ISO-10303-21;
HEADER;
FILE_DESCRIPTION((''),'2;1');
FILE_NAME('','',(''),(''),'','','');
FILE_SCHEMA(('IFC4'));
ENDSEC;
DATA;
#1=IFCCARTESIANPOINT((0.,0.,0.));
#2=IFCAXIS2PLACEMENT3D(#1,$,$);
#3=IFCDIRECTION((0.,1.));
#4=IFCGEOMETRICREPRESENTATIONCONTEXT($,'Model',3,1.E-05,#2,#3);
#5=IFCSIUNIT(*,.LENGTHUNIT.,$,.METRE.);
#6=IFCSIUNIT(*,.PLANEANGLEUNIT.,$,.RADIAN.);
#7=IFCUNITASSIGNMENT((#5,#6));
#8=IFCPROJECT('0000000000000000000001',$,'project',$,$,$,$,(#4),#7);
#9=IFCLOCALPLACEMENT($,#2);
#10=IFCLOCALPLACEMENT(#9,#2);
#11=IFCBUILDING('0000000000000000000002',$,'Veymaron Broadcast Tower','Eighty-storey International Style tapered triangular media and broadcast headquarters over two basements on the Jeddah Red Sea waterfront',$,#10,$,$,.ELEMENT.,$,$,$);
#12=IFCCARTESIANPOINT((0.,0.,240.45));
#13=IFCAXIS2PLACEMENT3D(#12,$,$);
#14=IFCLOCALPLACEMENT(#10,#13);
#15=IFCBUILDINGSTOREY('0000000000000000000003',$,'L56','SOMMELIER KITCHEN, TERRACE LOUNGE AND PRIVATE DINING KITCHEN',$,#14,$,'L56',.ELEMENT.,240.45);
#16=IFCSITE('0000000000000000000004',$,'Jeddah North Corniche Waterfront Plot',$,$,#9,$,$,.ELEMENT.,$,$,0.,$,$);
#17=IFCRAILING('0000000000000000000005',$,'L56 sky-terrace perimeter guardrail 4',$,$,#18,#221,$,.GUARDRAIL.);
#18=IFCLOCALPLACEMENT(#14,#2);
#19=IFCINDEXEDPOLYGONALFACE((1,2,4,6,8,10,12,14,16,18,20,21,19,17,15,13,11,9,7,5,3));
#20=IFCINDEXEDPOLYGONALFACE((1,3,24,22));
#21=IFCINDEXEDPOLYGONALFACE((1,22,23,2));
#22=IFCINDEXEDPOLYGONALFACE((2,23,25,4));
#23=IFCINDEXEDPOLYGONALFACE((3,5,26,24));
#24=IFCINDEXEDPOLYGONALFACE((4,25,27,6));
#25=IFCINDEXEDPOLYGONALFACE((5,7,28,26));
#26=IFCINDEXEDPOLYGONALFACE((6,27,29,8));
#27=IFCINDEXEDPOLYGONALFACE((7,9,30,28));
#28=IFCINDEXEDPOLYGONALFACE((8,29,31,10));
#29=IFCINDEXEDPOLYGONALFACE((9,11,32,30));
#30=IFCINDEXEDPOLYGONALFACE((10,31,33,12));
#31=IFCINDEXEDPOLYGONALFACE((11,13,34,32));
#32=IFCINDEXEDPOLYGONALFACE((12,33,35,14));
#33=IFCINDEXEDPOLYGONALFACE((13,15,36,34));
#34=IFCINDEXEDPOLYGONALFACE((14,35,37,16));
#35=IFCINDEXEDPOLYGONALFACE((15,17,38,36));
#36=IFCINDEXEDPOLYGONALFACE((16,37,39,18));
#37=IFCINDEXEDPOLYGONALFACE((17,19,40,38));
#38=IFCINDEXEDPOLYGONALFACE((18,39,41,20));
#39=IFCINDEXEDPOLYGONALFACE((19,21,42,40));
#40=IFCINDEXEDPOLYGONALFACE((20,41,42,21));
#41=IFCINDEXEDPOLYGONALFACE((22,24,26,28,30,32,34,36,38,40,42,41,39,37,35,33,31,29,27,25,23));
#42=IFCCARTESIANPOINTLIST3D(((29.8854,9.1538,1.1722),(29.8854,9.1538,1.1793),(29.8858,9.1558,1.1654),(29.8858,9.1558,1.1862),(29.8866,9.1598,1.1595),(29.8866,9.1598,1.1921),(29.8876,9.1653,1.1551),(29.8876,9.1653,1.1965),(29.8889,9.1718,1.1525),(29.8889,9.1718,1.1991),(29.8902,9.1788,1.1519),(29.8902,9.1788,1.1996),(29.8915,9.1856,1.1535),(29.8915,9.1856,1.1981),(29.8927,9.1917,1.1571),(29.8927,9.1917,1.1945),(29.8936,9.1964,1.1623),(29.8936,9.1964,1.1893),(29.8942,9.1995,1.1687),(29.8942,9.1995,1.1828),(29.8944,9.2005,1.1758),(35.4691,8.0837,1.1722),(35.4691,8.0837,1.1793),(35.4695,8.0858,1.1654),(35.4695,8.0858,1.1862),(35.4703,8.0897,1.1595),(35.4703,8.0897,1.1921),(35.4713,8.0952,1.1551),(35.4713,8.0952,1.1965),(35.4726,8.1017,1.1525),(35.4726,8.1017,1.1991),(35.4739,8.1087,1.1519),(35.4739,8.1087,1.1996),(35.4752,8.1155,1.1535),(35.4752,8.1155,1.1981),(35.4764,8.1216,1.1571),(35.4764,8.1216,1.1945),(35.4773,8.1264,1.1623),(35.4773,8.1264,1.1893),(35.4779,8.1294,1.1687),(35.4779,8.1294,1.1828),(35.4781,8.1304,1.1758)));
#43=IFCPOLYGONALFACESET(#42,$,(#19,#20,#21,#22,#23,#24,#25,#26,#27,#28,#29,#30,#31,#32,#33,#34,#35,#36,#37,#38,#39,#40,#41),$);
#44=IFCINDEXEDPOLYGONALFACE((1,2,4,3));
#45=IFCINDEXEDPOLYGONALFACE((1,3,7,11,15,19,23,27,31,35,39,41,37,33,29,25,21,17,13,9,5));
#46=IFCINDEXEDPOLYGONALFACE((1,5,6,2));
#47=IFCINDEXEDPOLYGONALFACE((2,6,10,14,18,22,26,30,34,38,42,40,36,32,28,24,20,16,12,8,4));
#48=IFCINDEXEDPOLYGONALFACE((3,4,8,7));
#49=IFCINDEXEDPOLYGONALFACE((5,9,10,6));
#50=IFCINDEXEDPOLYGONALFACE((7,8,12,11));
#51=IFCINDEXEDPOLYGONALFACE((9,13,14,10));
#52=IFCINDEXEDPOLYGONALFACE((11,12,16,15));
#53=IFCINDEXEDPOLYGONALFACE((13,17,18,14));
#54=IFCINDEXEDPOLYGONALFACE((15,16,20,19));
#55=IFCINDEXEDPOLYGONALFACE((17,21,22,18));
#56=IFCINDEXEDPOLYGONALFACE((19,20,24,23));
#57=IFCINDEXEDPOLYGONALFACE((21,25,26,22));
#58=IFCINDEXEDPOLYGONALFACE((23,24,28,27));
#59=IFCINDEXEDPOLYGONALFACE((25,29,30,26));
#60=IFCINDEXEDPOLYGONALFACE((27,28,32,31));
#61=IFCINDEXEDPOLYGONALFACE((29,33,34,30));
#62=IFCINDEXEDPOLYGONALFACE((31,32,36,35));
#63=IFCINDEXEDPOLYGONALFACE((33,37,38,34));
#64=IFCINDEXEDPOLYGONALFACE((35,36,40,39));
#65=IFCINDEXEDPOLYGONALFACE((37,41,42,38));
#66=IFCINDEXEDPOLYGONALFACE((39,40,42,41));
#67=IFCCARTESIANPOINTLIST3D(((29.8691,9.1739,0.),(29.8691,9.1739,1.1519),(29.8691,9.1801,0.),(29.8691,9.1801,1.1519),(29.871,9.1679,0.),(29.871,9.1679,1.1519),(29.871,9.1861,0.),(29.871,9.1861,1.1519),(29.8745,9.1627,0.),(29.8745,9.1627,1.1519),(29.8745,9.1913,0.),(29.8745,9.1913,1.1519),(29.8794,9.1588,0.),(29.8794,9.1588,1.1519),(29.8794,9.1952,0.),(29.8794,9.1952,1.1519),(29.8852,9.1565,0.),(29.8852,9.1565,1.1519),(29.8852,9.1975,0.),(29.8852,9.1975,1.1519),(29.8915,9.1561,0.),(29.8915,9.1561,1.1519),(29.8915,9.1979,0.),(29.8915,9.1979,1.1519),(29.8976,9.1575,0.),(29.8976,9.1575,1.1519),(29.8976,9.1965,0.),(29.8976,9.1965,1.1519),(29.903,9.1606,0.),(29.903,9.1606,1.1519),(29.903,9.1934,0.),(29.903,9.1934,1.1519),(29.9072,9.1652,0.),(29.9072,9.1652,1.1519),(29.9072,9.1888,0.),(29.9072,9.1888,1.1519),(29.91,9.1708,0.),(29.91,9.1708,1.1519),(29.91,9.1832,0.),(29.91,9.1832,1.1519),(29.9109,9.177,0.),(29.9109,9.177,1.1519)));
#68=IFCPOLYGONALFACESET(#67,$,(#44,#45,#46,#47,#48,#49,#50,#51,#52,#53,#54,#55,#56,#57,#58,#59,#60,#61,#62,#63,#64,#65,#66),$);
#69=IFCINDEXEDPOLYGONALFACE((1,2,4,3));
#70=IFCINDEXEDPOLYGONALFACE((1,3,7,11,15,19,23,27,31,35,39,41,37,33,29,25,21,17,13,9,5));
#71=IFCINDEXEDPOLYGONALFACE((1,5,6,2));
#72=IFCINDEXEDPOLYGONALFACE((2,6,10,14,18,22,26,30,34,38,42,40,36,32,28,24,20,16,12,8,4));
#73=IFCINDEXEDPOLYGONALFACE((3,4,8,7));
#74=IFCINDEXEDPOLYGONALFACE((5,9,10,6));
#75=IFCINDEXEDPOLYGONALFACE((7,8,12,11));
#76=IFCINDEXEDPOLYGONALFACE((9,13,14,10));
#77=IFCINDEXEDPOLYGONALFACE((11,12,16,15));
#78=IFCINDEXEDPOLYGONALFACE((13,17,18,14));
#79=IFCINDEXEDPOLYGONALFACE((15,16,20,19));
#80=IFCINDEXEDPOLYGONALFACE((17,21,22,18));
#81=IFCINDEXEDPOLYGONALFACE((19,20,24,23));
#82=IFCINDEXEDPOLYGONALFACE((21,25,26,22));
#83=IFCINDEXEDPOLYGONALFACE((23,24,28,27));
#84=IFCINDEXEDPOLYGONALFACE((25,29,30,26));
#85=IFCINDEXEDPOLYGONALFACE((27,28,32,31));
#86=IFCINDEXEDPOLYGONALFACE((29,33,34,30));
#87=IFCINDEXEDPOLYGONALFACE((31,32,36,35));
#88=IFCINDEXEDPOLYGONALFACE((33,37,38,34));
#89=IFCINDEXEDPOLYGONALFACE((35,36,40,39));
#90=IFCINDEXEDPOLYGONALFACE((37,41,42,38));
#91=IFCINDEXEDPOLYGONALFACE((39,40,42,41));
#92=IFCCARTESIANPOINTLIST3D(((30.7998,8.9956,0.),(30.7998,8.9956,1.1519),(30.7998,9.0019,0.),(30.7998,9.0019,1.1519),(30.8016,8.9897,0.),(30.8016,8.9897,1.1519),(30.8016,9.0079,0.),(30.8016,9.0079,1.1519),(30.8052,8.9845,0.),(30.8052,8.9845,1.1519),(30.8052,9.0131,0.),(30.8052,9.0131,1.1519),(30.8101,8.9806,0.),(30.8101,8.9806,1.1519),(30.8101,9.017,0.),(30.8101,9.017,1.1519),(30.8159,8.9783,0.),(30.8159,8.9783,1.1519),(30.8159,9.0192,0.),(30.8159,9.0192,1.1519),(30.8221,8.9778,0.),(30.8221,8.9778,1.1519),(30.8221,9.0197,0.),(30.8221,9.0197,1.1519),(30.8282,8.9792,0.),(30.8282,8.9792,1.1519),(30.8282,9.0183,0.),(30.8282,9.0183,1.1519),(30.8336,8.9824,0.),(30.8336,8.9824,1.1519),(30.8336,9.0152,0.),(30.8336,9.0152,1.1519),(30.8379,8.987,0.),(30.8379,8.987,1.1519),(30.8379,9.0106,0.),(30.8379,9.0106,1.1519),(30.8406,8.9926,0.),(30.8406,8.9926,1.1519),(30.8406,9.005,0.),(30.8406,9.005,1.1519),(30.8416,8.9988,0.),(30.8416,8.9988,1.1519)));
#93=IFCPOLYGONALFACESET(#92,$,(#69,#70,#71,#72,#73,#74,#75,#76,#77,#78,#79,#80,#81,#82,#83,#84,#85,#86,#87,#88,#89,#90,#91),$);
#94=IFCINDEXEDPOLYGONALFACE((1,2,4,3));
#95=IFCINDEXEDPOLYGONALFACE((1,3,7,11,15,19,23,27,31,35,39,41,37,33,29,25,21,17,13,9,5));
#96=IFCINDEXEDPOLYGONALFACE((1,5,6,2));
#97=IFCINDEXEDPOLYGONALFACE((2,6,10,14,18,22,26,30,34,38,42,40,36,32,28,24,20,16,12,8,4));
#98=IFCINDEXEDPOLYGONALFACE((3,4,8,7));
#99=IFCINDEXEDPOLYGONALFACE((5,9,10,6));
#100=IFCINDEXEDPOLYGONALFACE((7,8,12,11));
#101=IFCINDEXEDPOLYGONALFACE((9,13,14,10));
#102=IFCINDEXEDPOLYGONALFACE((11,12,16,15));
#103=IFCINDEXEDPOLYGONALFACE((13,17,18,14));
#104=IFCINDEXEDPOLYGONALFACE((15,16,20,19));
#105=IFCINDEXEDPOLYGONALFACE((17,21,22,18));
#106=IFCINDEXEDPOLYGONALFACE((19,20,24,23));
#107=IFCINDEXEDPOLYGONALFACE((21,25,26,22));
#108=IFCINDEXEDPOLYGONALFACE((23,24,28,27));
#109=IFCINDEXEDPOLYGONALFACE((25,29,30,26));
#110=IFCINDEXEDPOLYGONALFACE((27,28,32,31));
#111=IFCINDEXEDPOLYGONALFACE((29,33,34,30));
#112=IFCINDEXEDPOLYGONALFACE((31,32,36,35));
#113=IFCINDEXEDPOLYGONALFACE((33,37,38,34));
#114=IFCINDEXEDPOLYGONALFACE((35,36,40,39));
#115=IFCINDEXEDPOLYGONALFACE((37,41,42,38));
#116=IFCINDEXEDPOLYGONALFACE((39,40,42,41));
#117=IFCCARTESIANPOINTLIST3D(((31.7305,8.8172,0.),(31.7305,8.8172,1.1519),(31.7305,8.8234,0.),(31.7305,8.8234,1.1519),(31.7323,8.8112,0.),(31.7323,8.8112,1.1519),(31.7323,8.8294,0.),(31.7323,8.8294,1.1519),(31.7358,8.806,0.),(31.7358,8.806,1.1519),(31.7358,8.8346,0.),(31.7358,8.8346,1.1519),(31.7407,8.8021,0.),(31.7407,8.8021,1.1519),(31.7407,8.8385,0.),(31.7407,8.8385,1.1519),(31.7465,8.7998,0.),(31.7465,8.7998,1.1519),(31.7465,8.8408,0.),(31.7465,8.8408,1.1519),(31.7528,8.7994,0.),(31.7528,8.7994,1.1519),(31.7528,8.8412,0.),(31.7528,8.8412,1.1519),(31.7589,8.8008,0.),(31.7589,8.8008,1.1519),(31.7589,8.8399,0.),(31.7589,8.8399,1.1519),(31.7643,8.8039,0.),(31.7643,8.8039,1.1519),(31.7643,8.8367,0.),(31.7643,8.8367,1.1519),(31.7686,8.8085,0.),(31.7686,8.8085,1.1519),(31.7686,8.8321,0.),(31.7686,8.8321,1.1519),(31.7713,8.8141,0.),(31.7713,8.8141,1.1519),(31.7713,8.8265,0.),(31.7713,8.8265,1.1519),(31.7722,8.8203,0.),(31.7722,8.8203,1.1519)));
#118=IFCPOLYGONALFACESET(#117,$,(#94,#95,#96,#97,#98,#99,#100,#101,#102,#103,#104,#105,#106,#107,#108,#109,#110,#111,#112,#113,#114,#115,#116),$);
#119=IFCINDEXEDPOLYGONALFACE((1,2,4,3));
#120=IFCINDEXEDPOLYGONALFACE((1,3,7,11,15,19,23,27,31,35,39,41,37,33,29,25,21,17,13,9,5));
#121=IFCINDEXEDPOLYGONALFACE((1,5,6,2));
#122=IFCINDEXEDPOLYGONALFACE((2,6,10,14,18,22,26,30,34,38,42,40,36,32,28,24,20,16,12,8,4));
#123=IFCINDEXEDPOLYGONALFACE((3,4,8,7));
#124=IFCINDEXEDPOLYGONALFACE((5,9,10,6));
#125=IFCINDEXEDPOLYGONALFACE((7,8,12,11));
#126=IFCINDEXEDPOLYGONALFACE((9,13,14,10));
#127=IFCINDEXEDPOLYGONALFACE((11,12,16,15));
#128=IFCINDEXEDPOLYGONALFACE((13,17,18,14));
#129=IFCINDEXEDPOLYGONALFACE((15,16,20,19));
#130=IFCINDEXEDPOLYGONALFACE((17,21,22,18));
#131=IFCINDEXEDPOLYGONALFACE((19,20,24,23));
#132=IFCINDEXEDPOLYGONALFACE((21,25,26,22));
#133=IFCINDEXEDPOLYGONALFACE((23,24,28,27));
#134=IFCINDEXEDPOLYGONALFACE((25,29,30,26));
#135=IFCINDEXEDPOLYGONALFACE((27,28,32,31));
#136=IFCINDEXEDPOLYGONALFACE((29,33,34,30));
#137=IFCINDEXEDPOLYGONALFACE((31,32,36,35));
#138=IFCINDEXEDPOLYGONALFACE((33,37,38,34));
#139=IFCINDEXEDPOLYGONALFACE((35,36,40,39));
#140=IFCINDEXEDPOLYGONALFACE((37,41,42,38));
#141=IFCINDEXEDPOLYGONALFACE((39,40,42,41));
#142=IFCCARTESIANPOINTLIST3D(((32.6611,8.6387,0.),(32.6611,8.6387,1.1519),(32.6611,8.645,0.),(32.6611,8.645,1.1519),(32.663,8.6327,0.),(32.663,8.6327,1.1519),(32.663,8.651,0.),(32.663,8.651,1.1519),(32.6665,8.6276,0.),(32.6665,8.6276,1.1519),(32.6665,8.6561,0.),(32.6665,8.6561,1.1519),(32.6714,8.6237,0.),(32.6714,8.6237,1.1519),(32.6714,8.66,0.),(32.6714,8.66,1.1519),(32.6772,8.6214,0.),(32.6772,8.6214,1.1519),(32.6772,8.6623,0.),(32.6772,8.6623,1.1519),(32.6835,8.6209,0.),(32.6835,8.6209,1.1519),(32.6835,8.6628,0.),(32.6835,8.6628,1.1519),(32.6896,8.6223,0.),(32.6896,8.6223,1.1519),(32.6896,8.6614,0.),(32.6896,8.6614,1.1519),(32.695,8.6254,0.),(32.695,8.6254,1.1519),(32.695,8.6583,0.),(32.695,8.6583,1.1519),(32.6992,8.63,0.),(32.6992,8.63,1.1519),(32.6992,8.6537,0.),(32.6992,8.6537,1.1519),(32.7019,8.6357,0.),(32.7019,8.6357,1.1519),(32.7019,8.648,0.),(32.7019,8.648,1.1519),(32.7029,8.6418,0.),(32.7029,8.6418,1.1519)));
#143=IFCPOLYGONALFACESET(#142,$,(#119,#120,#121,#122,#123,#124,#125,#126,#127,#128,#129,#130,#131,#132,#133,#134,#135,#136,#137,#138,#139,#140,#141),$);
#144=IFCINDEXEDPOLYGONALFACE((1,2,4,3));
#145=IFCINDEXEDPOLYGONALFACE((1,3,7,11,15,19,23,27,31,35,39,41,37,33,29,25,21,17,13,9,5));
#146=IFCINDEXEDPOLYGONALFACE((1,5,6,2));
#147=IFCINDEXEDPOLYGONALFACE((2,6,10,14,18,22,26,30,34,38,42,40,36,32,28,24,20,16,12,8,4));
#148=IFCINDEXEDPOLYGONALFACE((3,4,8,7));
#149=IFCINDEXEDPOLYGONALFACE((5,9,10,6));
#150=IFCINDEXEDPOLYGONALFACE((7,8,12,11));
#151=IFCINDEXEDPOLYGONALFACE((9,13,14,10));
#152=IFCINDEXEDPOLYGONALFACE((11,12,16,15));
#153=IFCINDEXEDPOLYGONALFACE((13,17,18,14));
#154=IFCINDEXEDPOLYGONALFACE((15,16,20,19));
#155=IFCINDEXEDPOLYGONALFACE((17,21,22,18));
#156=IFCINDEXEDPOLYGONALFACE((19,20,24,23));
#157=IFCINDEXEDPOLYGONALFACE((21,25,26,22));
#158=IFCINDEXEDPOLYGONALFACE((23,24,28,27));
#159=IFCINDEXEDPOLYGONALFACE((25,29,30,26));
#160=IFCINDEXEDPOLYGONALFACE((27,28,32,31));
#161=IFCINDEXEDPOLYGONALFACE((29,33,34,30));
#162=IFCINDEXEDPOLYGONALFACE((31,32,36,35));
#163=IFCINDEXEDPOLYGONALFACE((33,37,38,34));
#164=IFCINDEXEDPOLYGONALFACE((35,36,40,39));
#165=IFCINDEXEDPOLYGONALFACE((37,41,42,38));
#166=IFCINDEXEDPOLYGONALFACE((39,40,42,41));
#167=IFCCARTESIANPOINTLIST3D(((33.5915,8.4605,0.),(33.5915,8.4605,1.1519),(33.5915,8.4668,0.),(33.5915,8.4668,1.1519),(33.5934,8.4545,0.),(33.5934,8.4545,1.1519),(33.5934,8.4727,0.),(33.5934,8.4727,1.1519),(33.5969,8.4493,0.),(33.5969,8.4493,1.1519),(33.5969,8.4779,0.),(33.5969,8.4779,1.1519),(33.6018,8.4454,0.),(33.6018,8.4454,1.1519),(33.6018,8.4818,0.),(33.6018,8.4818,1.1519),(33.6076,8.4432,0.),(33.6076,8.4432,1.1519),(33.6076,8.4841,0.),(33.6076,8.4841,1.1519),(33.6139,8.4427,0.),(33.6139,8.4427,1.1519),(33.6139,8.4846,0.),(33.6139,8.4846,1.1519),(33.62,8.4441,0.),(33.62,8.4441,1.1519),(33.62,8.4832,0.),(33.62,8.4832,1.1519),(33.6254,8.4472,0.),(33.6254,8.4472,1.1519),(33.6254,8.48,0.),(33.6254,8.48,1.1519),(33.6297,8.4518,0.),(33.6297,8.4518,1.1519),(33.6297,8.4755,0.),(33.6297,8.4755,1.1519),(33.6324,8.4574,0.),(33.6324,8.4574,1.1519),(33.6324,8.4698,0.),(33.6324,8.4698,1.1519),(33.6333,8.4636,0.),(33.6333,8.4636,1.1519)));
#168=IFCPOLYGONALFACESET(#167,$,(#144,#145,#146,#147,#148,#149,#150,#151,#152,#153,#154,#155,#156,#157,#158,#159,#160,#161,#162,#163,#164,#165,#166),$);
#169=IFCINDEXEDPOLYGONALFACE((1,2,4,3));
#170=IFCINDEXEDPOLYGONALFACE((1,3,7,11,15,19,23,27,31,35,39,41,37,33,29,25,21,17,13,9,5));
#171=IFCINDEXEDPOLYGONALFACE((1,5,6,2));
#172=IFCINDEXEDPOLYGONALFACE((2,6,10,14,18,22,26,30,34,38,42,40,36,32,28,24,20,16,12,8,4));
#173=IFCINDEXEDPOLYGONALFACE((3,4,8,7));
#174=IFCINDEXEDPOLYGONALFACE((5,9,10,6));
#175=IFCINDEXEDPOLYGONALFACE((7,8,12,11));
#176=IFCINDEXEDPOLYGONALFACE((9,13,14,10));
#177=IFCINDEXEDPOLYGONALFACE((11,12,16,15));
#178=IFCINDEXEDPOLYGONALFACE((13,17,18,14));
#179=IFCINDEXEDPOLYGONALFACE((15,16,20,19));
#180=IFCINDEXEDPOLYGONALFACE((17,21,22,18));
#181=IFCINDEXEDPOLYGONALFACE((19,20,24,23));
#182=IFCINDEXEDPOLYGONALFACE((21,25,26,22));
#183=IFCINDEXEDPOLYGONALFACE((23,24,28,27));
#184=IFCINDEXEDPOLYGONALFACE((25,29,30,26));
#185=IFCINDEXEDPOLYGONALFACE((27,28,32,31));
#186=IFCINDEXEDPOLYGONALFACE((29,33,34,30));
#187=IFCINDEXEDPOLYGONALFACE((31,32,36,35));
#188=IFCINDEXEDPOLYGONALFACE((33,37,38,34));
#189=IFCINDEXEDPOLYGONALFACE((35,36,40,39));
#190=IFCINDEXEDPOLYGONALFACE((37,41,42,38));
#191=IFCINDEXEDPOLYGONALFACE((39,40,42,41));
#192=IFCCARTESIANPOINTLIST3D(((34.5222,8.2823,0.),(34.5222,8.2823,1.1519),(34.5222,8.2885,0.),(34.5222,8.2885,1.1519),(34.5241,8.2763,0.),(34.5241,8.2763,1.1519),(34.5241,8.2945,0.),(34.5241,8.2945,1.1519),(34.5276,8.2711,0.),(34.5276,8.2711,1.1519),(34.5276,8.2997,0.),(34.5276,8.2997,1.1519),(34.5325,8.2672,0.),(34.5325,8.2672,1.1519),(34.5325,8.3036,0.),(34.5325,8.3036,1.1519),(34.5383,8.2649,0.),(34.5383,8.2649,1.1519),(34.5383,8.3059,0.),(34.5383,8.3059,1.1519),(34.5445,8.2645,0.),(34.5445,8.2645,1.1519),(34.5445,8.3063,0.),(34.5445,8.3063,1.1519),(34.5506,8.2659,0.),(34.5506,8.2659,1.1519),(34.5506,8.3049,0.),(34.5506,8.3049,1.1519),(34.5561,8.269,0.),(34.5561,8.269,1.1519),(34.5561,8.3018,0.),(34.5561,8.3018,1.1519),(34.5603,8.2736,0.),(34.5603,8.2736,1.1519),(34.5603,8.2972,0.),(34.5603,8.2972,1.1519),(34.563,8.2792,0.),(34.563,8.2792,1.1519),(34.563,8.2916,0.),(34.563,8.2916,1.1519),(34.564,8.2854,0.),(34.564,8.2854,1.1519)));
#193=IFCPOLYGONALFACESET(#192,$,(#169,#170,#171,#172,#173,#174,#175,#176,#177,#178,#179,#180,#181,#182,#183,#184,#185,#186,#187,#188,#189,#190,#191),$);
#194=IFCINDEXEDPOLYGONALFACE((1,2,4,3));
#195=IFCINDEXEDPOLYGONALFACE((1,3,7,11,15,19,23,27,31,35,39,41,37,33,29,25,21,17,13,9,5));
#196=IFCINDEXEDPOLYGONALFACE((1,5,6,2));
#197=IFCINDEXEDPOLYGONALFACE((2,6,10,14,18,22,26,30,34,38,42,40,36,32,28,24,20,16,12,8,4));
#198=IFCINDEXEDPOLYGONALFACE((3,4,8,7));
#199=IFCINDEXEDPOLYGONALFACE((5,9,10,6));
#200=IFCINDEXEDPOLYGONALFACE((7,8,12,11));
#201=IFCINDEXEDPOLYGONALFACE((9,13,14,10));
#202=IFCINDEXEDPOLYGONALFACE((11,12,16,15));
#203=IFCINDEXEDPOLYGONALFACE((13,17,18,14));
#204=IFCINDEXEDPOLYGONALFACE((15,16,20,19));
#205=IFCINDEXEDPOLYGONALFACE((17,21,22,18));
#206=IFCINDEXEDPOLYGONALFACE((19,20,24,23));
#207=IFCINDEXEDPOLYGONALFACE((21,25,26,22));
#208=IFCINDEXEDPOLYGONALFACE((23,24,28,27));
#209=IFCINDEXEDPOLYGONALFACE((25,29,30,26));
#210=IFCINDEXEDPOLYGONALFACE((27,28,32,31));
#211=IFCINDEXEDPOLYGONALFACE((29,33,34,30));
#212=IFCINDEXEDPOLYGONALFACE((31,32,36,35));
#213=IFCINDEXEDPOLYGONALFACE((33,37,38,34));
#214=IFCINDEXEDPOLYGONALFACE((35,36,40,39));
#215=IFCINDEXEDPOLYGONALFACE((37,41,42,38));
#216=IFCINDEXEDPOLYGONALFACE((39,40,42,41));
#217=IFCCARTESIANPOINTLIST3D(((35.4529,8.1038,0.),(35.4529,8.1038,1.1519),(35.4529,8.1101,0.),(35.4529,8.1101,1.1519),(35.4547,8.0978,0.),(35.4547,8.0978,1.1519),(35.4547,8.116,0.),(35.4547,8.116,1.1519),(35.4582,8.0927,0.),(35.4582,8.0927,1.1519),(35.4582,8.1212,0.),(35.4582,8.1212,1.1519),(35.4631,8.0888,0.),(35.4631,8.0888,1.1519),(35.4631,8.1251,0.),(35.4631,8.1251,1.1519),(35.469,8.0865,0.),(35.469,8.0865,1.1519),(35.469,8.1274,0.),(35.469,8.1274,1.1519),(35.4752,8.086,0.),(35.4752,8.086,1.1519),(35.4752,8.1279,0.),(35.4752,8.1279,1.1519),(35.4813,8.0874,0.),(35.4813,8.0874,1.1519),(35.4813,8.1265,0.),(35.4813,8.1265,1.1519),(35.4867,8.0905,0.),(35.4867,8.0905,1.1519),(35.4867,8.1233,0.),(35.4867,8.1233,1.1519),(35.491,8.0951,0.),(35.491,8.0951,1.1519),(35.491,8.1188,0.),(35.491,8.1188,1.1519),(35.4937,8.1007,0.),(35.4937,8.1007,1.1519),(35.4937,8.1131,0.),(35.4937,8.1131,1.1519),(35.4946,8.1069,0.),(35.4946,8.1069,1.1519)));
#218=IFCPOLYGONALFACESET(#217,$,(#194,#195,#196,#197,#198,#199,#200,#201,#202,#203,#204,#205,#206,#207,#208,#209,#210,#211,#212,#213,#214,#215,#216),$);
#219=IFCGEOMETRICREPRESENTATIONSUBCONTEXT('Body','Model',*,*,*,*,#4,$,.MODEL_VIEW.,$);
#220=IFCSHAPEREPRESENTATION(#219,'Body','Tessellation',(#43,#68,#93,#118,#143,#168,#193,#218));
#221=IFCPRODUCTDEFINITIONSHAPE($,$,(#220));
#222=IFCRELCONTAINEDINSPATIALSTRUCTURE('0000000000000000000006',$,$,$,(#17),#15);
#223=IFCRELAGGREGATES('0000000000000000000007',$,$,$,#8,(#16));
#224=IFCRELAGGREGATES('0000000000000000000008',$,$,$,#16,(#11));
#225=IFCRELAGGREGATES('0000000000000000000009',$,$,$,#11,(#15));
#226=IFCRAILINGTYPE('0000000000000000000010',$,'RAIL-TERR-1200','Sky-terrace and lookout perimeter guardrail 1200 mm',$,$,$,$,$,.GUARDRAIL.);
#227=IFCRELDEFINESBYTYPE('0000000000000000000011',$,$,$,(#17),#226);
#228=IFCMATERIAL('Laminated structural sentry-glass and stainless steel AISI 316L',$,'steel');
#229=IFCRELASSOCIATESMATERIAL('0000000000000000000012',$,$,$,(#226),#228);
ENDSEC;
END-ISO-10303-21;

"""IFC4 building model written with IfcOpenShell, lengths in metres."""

from ifc_helpers import new_model, si_unit, direction, frame, origin, origin_2d, place, context, subcontext, project, spatial, circle, extrude, material, type_object, element, save


model = new_model("IFC4")

# Units and contexts
model_context = context("Model", 3, precision=1e-05, world=origin(), true_north=direction((0.0, 1.0)))
body_context = subcontext(model_context, "Body", "Model", "MODEL_VIEW")
ifc_project = project(units=[si_unit("LENGTHUNIT", "METRE"), si_unit("PLANEANGLEUNIT", "RADIAN")], contexts=[model_context])

# Site, building, storey
site_placement = place(None, origin())
site = spatial("IfcSite", under=ifc_project, at=site_placement, Name="Jeddah North Corniche Waterfront Plot", CompositionType="ELEMENT", RefElevation=0.0)
building_placement = place(site_placement, origin())
building = spatial("IfcBuilding", under=site, at=building_placement, Name="Veymaron Broadcast Tower", Description="Eighty-storey International Style tapered triangular media and broadcast headquarters over two basements on the Jeddah Red Sea waterfront", CompositionType="ELEMENT")
storey_placement = place(building_placement, frame((0.0, 0.0, 240.45)))
storey = spatial("IfcBuildingStorey", under=building, at=storey_placement, Name="L56", Description="SOMMELIER KITCHEN, TERRACE LOUNGE AND PRIVATE DINING KITCHEN", LongName="L56", CompositionType="ELEMENT", Elevation=240.45)

# Railing
ifc_material_1 = material(Name="Laminated structural sentry-glass and stainless steel AISI 316L", Category="steel")
railing_type = type_object("IfcRailingType", Name="RAIL-TERR-1200", Description="Sky-terrace and lookout perimeter guardrail 1200 mm", PredefinedType="GUARDRAIL", material=ifc_material_1)
railing_1_placement = place(storey_placement, frame((29.8899, 9.177, 0.0)))
element("IfcRailing", 1, at=railing_1_placement, inside=storey, type_object=railing_type, Name="L56 sky-terrace perimeter guardrail 4", PredefinedType="GUARDRAIL", context=body_context, shape_type="SweptSolid", body=[
    extrude(circle(Radius=0.0239, at=origin_2d()), frame((0.0, 0.0, 1.1758), z_axis=(0.982128, -0.188215, 0.0), x_axis=(0.188215, 0.982128, 0.0)), (0.0, 0.0, 1.0), 5.6853),
    extrude(circle(Radius=0.021, at=origin_2d()), origin(), (0.0, 0.0, 1.0), 1.1519),
    extrude(circle(Radius=0.021, at=origin_2d()), frame((0.9307, -0.1782, 0.0)), (0.0, 0.0, 1.0), 1.1519),
    extrude(circle(Radius=0.021, at=origin_2d()), frame((1.8613, -0.3567, 0.0)), (0.0, 0.0, 1.0), 1.1519),
    extrude(circle(Radius=0.021, at=origin_2d()), frame((2.792, -0.5352, 0.0)), (0.0, 0.0, 1.0), 1.1519),
    extrude(circle(Radius=0.021, at=origin_2d()), frame((3.7224, -0.7134, 0.0)), (0.0, 0.0, 1.0), 1.1519),
    extrude(circle(Radius=0.021, at=origin_2d()), frame((4.6531, -0.8916, 0.0)), (0.0, 0.0, 1.0), 1.1519),
    extrude(circle(Radius=0.021, at=origin_2d()), frame((5.5837, -1.0701, 0.0)), (0.0, 0.0, 1.0), 1.1519),
])

save(model, "model.ifc")
